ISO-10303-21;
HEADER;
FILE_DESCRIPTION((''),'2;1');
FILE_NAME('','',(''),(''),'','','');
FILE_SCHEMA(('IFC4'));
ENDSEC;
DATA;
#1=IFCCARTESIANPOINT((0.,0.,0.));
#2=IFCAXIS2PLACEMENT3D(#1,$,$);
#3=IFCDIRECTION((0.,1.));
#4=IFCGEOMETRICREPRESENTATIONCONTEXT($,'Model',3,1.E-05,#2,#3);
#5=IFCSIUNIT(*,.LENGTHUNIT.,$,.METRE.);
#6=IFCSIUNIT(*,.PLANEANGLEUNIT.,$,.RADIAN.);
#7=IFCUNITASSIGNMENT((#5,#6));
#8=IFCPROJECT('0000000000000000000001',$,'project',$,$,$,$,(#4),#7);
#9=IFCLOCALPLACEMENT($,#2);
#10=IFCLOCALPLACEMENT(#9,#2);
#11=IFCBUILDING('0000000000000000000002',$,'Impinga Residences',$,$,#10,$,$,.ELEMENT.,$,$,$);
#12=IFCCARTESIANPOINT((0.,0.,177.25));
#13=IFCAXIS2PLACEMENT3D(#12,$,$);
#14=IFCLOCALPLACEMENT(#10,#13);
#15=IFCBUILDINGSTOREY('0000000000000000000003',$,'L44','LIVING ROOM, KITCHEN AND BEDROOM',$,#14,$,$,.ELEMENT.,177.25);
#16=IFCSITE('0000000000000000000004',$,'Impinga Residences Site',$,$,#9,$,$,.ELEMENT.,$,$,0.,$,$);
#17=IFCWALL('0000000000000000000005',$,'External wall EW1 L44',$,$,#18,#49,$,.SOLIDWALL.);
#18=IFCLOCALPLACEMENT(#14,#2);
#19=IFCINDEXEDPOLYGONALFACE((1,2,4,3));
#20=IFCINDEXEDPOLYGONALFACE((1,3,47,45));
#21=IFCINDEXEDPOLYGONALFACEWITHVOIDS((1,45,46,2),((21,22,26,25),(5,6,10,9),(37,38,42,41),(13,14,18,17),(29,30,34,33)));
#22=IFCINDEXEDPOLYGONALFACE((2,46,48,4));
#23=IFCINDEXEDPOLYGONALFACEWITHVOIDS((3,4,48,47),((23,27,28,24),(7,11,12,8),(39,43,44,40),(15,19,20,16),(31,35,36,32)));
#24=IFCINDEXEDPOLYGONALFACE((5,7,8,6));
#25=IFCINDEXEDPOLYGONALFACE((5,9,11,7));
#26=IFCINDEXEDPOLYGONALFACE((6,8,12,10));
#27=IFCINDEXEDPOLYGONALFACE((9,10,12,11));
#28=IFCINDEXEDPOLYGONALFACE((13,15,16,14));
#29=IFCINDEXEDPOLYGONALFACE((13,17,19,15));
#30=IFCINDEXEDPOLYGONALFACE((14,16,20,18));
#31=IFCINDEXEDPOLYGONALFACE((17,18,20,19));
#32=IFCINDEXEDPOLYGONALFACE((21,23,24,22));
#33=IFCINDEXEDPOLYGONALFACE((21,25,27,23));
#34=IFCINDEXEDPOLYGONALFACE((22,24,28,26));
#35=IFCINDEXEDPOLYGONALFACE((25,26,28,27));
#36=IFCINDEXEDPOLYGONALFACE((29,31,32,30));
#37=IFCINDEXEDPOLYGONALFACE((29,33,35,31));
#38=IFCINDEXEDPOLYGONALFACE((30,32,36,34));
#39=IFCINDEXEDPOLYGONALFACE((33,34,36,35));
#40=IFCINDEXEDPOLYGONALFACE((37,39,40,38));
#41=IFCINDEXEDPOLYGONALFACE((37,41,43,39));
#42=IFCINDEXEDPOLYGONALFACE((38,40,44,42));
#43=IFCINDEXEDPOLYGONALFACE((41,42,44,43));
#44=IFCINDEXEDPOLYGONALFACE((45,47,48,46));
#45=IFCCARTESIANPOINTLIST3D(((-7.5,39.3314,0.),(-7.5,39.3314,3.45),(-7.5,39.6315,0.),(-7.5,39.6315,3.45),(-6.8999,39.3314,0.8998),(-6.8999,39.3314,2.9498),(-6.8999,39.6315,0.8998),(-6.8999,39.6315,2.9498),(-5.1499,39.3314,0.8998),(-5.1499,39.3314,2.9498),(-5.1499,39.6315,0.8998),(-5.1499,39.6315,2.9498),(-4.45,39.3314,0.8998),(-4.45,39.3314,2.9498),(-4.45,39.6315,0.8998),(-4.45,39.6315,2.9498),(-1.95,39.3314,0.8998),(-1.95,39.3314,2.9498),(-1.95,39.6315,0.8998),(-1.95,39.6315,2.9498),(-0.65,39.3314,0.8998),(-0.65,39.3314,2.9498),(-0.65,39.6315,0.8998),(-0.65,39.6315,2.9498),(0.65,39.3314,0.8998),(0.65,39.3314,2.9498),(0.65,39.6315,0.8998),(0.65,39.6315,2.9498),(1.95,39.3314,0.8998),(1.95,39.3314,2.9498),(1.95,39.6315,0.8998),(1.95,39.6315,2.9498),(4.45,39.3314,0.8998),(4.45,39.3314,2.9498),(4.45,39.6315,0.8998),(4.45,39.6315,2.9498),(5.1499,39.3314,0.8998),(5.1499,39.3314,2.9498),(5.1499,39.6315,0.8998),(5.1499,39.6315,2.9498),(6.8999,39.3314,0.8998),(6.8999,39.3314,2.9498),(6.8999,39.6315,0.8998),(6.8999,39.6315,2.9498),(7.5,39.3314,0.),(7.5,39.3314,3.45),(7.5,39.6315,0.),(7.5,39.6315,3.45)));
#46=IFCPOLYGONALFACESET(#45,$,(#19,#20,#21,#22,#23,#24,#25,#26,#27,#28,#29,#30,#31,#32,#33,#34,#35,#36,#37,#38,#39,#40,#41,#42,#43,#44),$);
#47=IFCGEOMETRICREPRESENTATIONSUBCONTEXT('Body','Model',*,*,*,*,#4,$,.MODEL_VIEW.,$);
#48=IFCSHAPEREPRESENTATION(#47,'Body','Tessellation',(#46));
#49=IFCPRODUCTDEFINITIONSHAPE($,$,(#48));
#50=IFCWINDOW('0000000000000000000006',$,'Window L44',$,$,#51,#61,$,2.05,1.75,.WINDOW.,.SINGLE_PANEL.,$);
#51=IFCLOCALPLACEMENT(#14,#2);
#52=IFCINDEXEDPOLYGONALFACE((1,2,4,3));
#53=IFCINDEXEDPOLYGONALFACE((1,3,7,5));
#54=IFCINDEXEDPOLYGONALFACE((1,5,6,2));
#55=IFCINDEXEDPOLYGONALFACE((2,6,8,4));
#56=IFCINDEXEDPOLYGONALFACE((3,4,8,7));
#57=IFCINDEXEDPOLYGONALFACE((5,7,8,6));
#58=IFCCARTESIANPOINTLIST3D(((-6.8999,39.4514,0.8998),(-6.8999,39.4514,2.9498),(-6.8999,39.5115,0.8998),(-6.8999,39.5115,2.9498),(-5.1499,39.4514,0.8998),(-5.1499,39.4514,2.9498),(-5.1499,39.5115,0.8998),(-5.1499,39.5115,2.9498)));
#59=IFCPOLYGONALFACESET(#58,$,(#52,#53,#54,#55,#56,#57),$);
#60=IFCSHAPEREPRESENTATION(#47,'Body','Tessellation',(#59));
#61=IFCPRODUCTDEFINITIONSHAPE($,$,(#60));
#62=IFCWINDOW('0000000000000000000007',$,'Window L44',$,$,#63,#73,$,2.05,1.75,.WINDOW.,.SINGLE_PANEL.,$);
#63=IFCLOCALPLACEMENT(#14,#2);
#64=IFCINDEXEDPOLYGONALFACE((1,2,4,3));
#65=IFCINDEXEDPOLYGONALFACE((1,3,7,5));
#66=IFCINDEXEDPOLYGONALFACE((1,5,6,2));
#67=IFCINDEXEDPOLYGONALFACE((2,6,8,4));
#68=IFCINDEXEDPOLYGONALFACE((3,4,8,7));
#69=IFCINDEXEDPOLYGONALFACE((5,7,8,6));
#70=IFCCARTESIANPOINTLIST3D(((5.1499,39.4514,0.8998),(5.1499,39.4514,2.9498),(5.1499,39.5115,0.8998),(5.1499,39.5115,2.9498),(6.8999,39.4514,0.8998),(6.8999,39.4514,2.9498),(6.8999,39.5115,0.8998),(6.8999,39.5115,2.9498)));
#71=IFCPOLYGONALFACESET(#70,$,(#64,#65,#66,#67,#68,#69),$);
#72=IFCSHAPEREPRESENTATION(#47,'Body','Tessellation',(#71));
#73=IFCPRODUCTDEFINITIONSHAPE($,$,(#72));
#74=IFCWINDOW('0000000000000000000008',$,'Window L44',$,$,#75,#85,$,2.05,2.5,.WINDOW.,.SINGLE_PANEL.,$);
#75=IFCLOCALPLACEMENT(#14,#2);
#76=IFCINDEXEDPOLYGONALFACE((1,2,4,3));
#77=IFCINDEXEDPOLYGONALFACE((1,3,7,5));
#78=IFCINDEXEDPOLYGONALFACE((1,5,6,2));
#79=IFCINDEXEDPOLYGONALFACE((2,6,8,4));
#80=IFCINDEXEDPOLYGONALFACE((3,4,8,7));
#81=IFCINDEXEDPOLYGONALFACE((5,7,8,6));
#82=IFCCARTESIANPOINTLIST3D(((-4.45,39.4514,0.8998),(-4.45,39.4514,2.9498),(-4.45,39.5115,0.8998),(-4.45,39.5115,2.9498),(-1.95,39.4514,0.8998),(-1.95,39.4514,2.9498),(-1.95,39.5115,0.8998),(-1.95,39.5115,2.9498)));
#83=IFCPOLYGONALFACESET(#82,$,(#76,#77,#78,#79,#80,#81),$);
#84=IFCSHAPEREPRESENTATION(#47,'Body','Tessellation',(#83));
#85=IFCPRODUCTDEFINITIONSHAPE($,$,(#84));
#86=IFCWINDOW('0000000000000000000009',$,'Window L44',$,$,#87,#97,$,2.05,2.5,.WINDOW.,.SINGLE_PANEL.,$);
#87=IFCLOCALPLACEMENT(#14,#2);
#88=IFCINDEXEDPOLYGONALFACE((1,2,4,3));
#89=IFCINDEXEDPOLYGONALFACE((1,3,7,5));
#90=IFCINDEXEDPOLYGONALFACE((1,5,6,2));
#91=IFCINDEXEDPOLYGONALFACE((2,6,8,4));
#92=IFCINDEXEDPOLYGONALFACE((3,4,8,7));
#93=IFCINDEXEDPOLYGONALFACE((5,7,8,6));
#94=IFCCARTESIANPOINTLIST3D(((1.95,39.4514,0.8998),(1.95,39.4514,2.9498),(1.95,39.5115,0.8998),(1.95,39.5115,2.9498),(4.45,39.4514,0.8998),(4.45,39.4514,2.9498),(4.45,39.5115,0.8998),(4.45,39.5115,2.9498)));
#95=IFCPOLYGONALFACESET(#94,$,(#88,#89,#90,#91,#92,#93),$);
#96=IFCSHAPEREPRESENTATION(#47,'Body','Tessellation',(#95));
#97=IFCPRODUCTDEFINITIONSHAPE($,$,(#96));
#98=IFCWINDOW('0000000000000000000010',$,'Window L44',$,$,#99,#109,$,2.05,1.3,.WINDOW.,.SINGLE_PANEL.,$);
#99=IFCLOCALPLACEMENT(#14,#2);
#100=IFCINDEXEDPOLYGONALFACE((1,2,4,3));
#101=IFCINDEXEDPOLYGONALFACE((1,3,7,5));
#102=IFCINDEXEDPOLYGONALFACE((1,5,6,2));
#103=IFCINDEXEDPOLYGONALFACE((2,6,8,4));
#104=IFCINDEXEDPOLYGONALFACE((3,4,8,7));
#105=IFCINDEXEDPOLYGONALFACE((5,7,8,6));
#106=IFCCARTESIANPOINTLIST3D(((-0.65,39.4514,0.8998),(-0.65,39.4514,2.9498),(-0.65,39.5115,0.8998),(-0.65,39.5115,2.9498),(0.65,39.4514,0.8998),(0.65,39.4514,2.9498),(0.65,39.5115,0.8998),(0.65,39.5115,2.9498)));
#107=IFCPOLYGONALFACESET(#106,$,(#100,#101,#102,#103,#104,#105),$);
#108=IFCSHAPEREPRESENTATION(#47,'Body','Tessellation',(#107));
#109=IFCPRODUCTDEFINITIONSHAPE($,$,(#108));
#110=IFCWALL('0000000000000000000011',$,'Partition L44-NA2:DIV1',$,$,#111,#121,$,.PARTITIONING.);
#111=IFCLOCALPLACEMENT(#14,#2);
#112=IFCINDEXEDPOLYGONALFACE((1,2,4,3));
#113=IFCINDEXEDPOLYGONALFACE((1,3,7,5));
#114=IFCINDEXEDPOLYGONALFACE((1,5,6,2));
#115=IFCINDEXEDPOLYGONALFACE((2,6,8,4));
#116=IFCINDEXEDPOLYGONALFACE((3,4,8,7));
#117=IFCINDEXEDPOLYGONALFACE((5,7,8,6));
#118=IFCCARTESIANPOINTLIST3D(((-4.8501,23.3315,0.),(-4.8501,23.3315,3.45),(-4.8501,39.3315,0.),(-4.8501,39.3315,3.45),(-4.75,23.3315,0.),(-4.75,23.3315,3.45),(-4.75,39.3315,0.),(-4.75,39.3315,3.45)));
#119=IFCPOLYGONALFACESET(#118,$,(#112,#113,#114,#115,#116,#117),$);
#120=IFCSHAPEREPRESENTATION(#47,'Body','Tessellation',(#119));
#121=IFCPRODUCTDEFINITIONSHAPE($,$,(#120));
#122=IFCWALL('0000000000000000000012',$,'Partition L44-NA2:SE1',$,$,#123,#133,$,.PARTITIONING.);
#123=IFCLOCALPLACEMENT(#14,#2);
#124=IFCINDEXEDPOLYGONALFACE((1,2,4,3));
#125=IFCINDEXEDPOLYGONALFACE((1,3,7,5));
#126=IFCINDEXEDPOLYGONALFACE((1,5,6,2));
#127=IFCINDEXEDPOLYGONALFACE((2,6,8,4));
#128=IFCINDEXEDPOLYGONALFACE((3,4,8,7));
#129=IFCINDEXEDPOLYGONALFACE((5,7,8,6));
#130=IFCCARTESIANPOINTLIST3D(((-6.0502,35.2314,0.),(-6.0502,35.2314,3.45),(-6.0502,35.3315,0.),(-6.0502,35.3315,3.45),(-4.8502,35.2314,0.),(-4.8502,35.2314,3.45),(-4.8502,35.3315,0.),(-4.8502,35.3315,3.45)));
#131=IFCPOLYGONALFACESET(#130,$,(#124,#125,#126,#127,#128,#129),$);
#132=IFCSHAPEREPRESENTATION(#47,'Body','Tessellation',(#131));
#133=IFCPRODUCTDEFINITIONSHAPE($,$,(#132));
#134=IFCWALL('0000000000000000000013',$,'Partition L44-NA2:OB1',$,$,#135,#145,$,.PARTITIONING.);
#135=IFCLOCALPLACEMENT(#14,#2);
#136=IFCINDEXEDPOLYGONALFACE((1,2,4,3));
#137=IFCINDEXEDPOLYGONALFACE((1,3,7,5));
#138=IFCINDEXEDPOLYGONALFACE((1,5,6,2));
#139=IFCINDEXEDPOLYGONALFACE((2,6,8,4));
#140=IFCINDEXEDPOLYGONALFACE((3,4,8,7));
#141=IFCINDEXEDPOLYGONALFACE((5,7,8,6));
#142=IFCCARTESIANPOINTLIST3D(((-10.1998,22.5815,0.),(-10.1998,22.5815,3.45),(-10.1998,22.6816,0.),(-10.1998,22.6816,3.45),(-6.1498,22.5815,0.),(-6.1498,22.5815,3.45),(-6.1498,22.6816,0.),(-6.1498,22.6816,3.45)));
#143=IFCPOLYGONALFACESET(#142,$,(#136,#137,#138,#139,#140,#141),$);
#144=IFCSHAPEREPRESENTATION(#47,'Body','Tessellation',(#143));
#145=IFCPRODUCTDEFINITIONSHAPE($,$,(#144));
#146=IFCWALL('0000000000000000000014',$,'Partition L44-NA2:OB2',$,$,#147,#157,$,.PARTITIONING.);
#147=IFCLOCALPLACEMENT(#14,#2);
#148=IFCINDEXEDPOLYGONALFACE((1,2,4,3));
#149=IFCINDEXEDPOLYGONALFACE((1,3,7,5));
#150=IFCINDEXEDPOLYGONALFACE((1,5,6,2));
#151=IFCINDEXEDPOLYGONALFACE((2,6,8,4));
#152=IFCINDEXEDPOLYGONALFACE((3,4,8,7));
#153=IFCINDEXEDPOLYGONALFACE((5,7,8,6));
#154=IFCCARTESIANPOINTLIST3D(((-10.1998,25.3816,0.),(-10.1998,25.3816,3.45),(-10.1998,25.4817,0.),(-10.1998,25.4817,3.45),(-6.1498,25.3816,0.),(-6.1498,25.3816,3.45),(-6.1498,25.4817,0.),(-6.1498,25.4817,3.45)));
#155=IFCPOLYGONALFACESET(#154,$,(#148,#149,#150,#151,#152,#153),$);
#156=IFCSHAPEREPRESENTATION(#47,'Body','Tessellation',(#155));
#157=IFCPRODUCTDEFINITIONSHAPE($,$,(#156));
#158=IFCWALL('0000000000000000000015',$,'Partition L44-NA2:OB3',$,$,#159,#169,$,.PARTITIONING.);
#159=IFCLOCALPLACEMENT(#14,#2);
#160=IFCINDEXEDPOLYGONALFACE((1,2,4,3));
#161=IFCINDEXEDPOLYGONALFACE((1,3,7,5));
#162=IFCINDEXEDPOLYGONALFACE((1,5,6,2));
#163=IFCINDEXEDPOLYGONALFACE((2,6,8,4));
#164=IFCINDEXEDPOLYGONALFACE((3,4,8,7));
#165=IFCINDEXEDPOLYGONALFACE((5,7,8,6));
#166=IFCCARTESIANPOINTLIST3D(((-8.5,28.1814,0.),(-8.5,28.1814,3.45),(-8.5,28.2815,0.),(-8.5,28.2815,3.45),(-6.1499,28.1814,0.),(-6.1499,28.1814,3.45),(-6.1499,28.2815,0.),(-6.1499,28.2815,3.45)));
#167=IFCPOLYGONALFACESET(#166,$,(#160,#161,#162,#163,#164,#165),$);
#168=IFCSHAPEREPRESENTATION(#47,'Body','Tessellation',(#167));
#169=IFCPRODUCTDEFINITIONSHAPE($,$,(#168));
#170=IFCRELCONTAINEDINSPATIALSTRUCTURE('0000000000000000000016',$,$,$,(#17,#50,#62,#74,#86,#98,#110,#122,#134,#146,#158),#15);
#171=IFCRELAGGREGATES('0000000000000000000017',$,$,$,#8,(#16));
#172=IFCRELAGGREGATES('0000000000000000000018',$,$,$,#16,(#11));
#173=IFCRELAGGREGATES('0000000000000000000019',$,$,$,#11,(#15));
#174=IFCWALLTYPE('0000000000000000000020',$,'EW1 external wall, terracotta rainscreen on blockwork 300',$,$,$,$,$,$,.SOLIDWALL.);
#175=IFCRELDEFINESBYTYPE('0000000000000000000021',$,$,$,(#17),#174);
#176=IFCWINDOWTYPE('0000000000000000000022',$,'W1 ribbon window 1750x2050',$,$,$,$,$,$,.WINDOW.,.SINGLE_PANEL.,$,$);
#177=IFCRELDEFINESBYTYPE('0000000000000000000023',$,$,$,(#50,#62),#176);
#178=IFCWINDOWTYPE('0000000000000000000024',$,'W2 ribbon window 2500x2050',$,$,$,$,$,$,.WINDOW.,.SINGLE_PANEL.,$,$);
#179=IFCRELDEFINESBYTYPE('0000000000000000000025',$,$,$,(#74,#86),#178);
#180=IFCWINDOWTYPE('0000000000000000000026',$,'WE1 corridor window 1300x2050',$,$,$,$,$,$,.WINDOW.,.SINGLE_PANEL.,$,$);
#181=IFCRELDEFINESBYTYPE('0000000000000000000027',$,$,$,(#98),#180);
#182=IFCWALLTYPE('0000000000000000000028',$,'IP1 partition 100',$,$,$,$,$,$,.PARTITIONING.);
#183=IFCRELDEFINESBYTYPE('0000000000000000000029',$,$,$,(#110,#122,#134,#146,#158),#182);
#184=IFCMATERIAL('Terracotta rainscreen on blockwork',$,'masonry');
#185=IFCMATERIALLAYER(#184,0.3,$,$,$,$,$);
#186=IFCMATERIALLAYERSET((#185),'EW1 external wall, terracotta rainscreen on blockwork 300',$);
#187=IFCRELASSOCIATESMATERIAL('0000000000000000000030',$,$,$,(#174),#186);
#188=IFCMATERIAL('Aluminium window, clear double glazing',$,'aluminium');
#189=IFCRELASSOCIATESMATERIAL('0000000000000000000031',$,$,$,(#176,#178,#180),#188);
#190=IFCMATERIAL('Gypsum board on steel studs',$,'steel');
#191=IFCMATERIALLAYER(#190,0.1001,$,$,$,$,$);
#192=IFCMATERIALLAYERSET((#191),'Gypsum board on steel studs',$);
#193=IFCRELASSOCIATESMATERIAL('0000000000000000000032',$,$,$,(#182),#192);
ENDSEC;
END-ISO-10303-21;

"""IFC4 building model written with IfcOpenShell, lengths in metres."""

from ifc_helpers import new_model, si_unit, direction, frame, frame_2d, origin, place, context, subcontext, project, spatial, rectangle, extrude, material, layer, layer_set, type_object, element, fill, save


model = new_model("IFC4")

# Units and contexts
model_context = context("Model", 3, precision=1e-05, world=origin(), true_north=direction((0.0, 1.0)))
body_context = subcontext(model_context, "Body", "Model", "MODEL_VIEW")
ifc_project = project(units=[si_unit("LENGTHUNIT", "METRE"), si_unit("PLANEANGLEUNIT", "RADIAN")], contexts=[model_context])

# Site, building, storey
site_placement = place(None, origin())
site = spatial("IfcSite", under=ifc_project, at=site_placement, Name="Impinga Residences Site", CompositionType="ELEMENT", RefElevation=0.0)
building_placement = place(site_placement, origin())
building = spatial("IfcBuilding", under=site, at=building_placement, Name="Impinga Residences", CompositionType="ELEMENT")
storey_placement = place(building_placement, frame((0.0, 0.0, 177.25)))
storey = spatial("IfcBuildingStorey", under=building, at=storey_placement, Name="L44", Description="LIVING ROOM, KITCHEN AND BEDROOM", CompositionType="ELEMENT", Elevation=177.25)

# Shared definitions
ifc_material_1 = material(Name="Terracotta rainscreen on blockwork", Category="masonry")
ifc_layer_1 = layer(ifc_material_1, 0.3)
ifc_layer_set_1 = layer_set([ifc_layer_1], Name="EW1 external wall, terracotta rainscreen on blockwork 300")
wall_type_1 = type_object("IfcWallType", Name="EW1 external wall, terracotta rainscreen on blockwork 300", PredefinedType="SOLIDWALL", material=ifc_layer_set_1)

# Wall, openings, windows
wall_1_placement = place(storey_placement, frame((-7.5, 39.4814, 0.0), z_axis=(0.0, 0.0, 1.0), x_axis=(1.0, 0.0, 0.0)))
wall_1 = element("IfcWall", 1, at=wall_1_placement, inside=storey, type_object=wall_type_1, Name="External wall EW1 L44", PredefinedType="SOLIDWALL", context=body_context, shape_type="SweptSolid", body=[
    extrude(rectangle(XDim=15.0, YDim=0.3, at=frame_2d((7.5, 0.0))), origin(), (0.0, 0.0, 1.0), 3.45),
])
opening_1_placement = place(wall_1_placement, frame((0.6001, 0.0, 0.8999)))
opening_1 = element("IfcOpeningElement", 2, at=opening_1_placement, cuts=wall_1, PredefinedType="OPENING", context=body_context, shape_type="SweptSolid", body=[
    extrude(rectangle(XDim=1.75, YDim=2.05, at=frame_2d((0.875, 1.0249))), frame((0.0, 0.1599, 0.0), z_axis=(0.0, -1.0, 0.0), x_axis=(1.0, 0.0, 0.0)), (0.0, 0.0, 1.0), 0.3201),
])
opening_2_placement = place(wall_1_placement, frame((3.05, 0.0, 0.8999)))
opening_2 = element("IfcOpeningElement", 3, at=opening_2_placement, cuts=wall_1, PredefinedType="OPENING", context=body_context, shape_type="SweptSolid", body=[
    extrude(rectangle(XDim=2.5, YDim=2.05, at=frame_2d((1.25, 1.0249))), frame((0.0, 0.1599, 0.0), z_axis=(0.0, -1.0, 0.0), x_axis=(1.0, 0.0, 0.0)), (0.0, 0.0, 1.0), 0.3201),
])
opening_3_placement = place(wall_1_placement, frame((6.8501, 0.0, 0.8999)))
opening_3 = element("IfcOpeningElement", 4, at=opening_3_placement, cuts=wall_1, PredefinedType="OPENING", context=body_context, shape_type="SweptSolid", body=[
    extrude(rectangle(XDim=1.3, YDim=2.05, at=frame_2d((0.6499, 1.0249))), frame((0.0, 0.1599, 0.0), z_axis=(0.0, -1.0, 0.0), x_axis=(1.0, 0.0, 0.0)), (0.0, 0.0, 1.0), 0.3201),
])
opening_4_placement = place(wall_1_placement, frame((9.45, 0.0, 0.8999)))
opening_4 = element("IfcOpeningElement", 5, at=opening_4_placement, cuts=wall_1, PredefinedType="OPENING", context=body_context, shape_type="SweptSolid", body=[
    extrude(rectangle(XDim=2.5, YDim=2.05, at=frame_2d((1.25, 1.0249))), frame((0.0, 0.1599, 0.0), z_axis=(0.0, -1.0, 0.0), x_axis=(1.0, 0.0, 0.0)), (0.0, 0.0, 1.0), 0.3201),
])
opening_5_placement = place(wall_1_placement, frame((12.6499, 0.0, 0.8999)))
opening_5 = element("IfcOpeningElement", 6, at=opening_5_placement, cuts=wall_1, PredefinedType="OPENING", context=body_context, shape_type="SweptSolid", body=[
    extrude(rectangle(XDim=1.75, YDim=2.05, at=frame_2d((0.875, 1.0249))), frame((0.0, 0.1599, 0.0), z_axis=(0.0, -1.0, 0.0), x_axis=(1.0, 0.0, 0.0)), (0.0, 0.0, 1.0), 0.3201),
])
ifc_material_2 = material(Name="Aluminium window, clear double glazing", Category="aluminium")
window_type_1 = type_object("IfcWindowType", Name="W1 ribbon window 1750x2050", PartitioningType="SINGLE_PANEL", PredefinedType="WINDOW", material=ifc_material_2)
window_1_placement = place(opening_1_placement, origin())
window_1 = element("IfcWindow", 7, at=window_1_placement, inside=storey, type_object=window_type_1, Name="Window L44", OverallHeight=2.05, OverallWidth=1.75, PartitioningType="SINGLE_PANEL", PredefinedType="WINDOW", context=body_context, shape_type="SweptSolid", body=[
    extrude(rectangle(XDim=1.75, YDim=2.05, at=frame_2d((0.875, 1.0249))), frame((0.0, 0.03, 0.0), z_axis=(0.0, -1.0, 0.0), x_axis=(1.0, 0.0, 0.0)), (0.0, 0.0, 1.0), 0.0601),
])
fill(opening_1, window_1)
window_2_placement = place(opening_5_placement, origin())
window_2 = element("IfcWindow", 8, at=window_2_placement, inside=storey, type_object=window_type_1, Name="Window L44", OverallHeight=2.05, OverallWidth=1.75, PartitioningType="SINGLE_PANEL", PredefinedType="WINDOW", context=body_context, shape_type="SweptSolid", body=[
    extrude(rectangle(XDim=1.75, YDim=2.05, at=frame_2d((0.875, 1.0249))), frame((0.0, 0.03, 0.0), z_axis=(0.0, -1.0, 0.0), x_axis=(1.0, 0.0, 0.0)), (0.0, 0.0, 1.0), 0.0601),
])
fill(opening_5, window_2)
window_type_2 = type_object("IfcWindowType", Name="W2 ribbon window 2500x2050", PartitioningType="SINGLE_PANEL", PredefinedType="WINDOW", material=ifc_material_2)
window_3_placement = place(opening_2_placement, origin())
window_3 = element("IfcWindow", 9, at=window_3_placement, inside=storey, type_object=window_type_2, Name="Window L44", OverallHeight=2.05, OverallWidth=2.5, PartitioningType="SINGLE_PANEL", PredefinedType="WINDOW", context=body_context, shape_type="SweptSolid", body=[
    extrude(rectangle(XDim=2.5, YDim=2.05, at=frame_2d((1.25, 1.0249))), frame((0.0, 0.03, 0.0), z_axis=(0.0, -1.0, 0.0), x_axis=(1.0, 0.0, 0.0)), (0.0, 0.0, 1.0), 0.0601),
])
fill(opening_2, window_3)
window_4_placement = place(opening_4_placement, origin())
window_4 = element("IfcWindow", 10, at=window_4_placement, inside=storey, type_object=window_type_2, Name="Window L44", OverallHeight=2.05, OverallWidth=2.5, PartitioningType="SINGLE_PANEL", PredefinedType="WINDOW", context=body_context, shape_type="SweptSolid", body=[
    extrude(rectangle(XDim=2.5, YDim=2.05, at=frame_2d((1.25, 1.0249))), frame((0.0, 0.03, 0.0), z_axis=(0.0, -1.0, 0.0), x_axis=(1.0, 0.0, 0.0)), (0.0, 0.0, 1.0), 0.0601),
])
fill(opening_4, window_4)
window_type_3 = type_object("IfcWindowType", Name="WE1 corridor window 1300x2050", PartitioningType="SINGLE_PANEL", PredefinedType="WINDOW", material=ifc_material_2)
window_5_placement = place(opening_3_placement, origin())
window_5 = element("IfcWindow", 11, at=window_5_placement, inside=storey, type_object=window_type_3, Name="Window L44", OverallHeight=2.05, OverallWidth=1.3, PartitioningType="SINGLE_PANEL", PredefinedType="WINDOW", context=body_context, shape_type="SweptSolid", body=[
    extrude(rectangle(XDim=1.3, YDim=2.05, at=frame_2d((0.6499, 1.0249))), frame((0.0, 0.03, 0.0), z_axis=(0.0, -1.0, 0.0), x_axis=(1.0, 0.0, 0.0)), (0.0, 0.0, 1.0), 0.0601),
])
fill(opening_3, window_5)

# Walls
ifc_material_3 = material(Name="Gypsum board on steel studs", Category="steel")
ifc_layer_2 = layer(ifc_material_3, 0.1001)
ifc_layer_set_2 = layer_set([ifc_layer_2], Name="Gypsum board on steel studs")
wall_type_2 = type_object("IfcWallType", Name="IP1 partition 100", PredefinedType="PARTITIONING", material=ifc_layer_set_2)
wall_2_placement = place(storey_placement, frame((-4.8, 23.3315, 0.0), z_axis=(0.0, 0.0, 1.0), x_axis=(0.0, 1.0, 0.0)))
element("IfcWall", 12, at=wall_2_placement, inside=storey, type_object=wall_type_2, Name="Partition L44-NA2:DIV1", PredefinedType="PARTITIONING", context=body_context, shape_type="SweptSolid", body=[
    extrude(rectangle(XDim=16.0, YDim=0.1001, at=frame_2d((8.0, 0.0))), origin(), (0.0, 0.0, 1.0), 3.45),
])
wall_3_placement = place(storey_placement, frame((-4.8501, 35.2815, 0.0), z_axis=(0.0, 0.0, 1.0), x_axis=(-1.0, 0.0, 0.0)))
element("IfcWall", 13, at=wall_3_placement, inside=storey, type_object=wall_type_2, Name="Partition L44-NA2:SE1", PredefinedType="PARTITIONING", context=body_context, shape_type="SweptSolid", body=[
    extrude(rectangle(XDim=1.2, YDim=0.1001, at=frame_2d((0.6001, 0.0))), origin(), (0.0, 0.0, 1.0), 3.45),
])
for number, where, z_axis, x_axis, name in (
    (14, (-6.1499, 22.6316, 0.0), (0.0, 0.0, 1.0), (-1.0, 0.0, 0.0), "Partition L44-NA2:OB1"),
    (15, (-6.1499, 25.4316, 0.0), (0.0, 0.0, 1.0), (-1.0, 0.0, 0.0), "Partition L44-NA2:OB2"),
):
    element("IfcWall", number, at=place(storey_placement, frame(where, z_axis=z_axis, x_axis=x_axis)), inside=storey, type_object=wall_type_2, Name=name, PredefinedType="PARTITIONING", context=body_context, shape_type="SweptSolid", body=[
        extrude(rectangle(XDim=4.05, YDim=0.1001, at=frame_2d((2.0249, 0.0))), origin(), (0.0, 0.0, 1.0), 3.45),
    ])
wall_4_placement = place(storey_placement, frame((-6.1499, 28.2314, 0.0), z_axis=(0.0, 0.0, 1.0), x_axis=(-1.0, 0.0, 0.0)))
element("IfcWall", 16, at=wall_4_placement, inside=storey, type_object=wall_type_2, Name="Partition L44-NA2:OB3", PredefinedType="PARTITIONING", context=body_context, shape_type="SweptSolid", body=[
    extrude(rectangle(XDim=2.3501, YDim=0.1001, at=frame_2d((1.175, 0.0))), origin(), (0.0, 0.0, 1.0), 3.45),
])

save(model, "model.ifc")
